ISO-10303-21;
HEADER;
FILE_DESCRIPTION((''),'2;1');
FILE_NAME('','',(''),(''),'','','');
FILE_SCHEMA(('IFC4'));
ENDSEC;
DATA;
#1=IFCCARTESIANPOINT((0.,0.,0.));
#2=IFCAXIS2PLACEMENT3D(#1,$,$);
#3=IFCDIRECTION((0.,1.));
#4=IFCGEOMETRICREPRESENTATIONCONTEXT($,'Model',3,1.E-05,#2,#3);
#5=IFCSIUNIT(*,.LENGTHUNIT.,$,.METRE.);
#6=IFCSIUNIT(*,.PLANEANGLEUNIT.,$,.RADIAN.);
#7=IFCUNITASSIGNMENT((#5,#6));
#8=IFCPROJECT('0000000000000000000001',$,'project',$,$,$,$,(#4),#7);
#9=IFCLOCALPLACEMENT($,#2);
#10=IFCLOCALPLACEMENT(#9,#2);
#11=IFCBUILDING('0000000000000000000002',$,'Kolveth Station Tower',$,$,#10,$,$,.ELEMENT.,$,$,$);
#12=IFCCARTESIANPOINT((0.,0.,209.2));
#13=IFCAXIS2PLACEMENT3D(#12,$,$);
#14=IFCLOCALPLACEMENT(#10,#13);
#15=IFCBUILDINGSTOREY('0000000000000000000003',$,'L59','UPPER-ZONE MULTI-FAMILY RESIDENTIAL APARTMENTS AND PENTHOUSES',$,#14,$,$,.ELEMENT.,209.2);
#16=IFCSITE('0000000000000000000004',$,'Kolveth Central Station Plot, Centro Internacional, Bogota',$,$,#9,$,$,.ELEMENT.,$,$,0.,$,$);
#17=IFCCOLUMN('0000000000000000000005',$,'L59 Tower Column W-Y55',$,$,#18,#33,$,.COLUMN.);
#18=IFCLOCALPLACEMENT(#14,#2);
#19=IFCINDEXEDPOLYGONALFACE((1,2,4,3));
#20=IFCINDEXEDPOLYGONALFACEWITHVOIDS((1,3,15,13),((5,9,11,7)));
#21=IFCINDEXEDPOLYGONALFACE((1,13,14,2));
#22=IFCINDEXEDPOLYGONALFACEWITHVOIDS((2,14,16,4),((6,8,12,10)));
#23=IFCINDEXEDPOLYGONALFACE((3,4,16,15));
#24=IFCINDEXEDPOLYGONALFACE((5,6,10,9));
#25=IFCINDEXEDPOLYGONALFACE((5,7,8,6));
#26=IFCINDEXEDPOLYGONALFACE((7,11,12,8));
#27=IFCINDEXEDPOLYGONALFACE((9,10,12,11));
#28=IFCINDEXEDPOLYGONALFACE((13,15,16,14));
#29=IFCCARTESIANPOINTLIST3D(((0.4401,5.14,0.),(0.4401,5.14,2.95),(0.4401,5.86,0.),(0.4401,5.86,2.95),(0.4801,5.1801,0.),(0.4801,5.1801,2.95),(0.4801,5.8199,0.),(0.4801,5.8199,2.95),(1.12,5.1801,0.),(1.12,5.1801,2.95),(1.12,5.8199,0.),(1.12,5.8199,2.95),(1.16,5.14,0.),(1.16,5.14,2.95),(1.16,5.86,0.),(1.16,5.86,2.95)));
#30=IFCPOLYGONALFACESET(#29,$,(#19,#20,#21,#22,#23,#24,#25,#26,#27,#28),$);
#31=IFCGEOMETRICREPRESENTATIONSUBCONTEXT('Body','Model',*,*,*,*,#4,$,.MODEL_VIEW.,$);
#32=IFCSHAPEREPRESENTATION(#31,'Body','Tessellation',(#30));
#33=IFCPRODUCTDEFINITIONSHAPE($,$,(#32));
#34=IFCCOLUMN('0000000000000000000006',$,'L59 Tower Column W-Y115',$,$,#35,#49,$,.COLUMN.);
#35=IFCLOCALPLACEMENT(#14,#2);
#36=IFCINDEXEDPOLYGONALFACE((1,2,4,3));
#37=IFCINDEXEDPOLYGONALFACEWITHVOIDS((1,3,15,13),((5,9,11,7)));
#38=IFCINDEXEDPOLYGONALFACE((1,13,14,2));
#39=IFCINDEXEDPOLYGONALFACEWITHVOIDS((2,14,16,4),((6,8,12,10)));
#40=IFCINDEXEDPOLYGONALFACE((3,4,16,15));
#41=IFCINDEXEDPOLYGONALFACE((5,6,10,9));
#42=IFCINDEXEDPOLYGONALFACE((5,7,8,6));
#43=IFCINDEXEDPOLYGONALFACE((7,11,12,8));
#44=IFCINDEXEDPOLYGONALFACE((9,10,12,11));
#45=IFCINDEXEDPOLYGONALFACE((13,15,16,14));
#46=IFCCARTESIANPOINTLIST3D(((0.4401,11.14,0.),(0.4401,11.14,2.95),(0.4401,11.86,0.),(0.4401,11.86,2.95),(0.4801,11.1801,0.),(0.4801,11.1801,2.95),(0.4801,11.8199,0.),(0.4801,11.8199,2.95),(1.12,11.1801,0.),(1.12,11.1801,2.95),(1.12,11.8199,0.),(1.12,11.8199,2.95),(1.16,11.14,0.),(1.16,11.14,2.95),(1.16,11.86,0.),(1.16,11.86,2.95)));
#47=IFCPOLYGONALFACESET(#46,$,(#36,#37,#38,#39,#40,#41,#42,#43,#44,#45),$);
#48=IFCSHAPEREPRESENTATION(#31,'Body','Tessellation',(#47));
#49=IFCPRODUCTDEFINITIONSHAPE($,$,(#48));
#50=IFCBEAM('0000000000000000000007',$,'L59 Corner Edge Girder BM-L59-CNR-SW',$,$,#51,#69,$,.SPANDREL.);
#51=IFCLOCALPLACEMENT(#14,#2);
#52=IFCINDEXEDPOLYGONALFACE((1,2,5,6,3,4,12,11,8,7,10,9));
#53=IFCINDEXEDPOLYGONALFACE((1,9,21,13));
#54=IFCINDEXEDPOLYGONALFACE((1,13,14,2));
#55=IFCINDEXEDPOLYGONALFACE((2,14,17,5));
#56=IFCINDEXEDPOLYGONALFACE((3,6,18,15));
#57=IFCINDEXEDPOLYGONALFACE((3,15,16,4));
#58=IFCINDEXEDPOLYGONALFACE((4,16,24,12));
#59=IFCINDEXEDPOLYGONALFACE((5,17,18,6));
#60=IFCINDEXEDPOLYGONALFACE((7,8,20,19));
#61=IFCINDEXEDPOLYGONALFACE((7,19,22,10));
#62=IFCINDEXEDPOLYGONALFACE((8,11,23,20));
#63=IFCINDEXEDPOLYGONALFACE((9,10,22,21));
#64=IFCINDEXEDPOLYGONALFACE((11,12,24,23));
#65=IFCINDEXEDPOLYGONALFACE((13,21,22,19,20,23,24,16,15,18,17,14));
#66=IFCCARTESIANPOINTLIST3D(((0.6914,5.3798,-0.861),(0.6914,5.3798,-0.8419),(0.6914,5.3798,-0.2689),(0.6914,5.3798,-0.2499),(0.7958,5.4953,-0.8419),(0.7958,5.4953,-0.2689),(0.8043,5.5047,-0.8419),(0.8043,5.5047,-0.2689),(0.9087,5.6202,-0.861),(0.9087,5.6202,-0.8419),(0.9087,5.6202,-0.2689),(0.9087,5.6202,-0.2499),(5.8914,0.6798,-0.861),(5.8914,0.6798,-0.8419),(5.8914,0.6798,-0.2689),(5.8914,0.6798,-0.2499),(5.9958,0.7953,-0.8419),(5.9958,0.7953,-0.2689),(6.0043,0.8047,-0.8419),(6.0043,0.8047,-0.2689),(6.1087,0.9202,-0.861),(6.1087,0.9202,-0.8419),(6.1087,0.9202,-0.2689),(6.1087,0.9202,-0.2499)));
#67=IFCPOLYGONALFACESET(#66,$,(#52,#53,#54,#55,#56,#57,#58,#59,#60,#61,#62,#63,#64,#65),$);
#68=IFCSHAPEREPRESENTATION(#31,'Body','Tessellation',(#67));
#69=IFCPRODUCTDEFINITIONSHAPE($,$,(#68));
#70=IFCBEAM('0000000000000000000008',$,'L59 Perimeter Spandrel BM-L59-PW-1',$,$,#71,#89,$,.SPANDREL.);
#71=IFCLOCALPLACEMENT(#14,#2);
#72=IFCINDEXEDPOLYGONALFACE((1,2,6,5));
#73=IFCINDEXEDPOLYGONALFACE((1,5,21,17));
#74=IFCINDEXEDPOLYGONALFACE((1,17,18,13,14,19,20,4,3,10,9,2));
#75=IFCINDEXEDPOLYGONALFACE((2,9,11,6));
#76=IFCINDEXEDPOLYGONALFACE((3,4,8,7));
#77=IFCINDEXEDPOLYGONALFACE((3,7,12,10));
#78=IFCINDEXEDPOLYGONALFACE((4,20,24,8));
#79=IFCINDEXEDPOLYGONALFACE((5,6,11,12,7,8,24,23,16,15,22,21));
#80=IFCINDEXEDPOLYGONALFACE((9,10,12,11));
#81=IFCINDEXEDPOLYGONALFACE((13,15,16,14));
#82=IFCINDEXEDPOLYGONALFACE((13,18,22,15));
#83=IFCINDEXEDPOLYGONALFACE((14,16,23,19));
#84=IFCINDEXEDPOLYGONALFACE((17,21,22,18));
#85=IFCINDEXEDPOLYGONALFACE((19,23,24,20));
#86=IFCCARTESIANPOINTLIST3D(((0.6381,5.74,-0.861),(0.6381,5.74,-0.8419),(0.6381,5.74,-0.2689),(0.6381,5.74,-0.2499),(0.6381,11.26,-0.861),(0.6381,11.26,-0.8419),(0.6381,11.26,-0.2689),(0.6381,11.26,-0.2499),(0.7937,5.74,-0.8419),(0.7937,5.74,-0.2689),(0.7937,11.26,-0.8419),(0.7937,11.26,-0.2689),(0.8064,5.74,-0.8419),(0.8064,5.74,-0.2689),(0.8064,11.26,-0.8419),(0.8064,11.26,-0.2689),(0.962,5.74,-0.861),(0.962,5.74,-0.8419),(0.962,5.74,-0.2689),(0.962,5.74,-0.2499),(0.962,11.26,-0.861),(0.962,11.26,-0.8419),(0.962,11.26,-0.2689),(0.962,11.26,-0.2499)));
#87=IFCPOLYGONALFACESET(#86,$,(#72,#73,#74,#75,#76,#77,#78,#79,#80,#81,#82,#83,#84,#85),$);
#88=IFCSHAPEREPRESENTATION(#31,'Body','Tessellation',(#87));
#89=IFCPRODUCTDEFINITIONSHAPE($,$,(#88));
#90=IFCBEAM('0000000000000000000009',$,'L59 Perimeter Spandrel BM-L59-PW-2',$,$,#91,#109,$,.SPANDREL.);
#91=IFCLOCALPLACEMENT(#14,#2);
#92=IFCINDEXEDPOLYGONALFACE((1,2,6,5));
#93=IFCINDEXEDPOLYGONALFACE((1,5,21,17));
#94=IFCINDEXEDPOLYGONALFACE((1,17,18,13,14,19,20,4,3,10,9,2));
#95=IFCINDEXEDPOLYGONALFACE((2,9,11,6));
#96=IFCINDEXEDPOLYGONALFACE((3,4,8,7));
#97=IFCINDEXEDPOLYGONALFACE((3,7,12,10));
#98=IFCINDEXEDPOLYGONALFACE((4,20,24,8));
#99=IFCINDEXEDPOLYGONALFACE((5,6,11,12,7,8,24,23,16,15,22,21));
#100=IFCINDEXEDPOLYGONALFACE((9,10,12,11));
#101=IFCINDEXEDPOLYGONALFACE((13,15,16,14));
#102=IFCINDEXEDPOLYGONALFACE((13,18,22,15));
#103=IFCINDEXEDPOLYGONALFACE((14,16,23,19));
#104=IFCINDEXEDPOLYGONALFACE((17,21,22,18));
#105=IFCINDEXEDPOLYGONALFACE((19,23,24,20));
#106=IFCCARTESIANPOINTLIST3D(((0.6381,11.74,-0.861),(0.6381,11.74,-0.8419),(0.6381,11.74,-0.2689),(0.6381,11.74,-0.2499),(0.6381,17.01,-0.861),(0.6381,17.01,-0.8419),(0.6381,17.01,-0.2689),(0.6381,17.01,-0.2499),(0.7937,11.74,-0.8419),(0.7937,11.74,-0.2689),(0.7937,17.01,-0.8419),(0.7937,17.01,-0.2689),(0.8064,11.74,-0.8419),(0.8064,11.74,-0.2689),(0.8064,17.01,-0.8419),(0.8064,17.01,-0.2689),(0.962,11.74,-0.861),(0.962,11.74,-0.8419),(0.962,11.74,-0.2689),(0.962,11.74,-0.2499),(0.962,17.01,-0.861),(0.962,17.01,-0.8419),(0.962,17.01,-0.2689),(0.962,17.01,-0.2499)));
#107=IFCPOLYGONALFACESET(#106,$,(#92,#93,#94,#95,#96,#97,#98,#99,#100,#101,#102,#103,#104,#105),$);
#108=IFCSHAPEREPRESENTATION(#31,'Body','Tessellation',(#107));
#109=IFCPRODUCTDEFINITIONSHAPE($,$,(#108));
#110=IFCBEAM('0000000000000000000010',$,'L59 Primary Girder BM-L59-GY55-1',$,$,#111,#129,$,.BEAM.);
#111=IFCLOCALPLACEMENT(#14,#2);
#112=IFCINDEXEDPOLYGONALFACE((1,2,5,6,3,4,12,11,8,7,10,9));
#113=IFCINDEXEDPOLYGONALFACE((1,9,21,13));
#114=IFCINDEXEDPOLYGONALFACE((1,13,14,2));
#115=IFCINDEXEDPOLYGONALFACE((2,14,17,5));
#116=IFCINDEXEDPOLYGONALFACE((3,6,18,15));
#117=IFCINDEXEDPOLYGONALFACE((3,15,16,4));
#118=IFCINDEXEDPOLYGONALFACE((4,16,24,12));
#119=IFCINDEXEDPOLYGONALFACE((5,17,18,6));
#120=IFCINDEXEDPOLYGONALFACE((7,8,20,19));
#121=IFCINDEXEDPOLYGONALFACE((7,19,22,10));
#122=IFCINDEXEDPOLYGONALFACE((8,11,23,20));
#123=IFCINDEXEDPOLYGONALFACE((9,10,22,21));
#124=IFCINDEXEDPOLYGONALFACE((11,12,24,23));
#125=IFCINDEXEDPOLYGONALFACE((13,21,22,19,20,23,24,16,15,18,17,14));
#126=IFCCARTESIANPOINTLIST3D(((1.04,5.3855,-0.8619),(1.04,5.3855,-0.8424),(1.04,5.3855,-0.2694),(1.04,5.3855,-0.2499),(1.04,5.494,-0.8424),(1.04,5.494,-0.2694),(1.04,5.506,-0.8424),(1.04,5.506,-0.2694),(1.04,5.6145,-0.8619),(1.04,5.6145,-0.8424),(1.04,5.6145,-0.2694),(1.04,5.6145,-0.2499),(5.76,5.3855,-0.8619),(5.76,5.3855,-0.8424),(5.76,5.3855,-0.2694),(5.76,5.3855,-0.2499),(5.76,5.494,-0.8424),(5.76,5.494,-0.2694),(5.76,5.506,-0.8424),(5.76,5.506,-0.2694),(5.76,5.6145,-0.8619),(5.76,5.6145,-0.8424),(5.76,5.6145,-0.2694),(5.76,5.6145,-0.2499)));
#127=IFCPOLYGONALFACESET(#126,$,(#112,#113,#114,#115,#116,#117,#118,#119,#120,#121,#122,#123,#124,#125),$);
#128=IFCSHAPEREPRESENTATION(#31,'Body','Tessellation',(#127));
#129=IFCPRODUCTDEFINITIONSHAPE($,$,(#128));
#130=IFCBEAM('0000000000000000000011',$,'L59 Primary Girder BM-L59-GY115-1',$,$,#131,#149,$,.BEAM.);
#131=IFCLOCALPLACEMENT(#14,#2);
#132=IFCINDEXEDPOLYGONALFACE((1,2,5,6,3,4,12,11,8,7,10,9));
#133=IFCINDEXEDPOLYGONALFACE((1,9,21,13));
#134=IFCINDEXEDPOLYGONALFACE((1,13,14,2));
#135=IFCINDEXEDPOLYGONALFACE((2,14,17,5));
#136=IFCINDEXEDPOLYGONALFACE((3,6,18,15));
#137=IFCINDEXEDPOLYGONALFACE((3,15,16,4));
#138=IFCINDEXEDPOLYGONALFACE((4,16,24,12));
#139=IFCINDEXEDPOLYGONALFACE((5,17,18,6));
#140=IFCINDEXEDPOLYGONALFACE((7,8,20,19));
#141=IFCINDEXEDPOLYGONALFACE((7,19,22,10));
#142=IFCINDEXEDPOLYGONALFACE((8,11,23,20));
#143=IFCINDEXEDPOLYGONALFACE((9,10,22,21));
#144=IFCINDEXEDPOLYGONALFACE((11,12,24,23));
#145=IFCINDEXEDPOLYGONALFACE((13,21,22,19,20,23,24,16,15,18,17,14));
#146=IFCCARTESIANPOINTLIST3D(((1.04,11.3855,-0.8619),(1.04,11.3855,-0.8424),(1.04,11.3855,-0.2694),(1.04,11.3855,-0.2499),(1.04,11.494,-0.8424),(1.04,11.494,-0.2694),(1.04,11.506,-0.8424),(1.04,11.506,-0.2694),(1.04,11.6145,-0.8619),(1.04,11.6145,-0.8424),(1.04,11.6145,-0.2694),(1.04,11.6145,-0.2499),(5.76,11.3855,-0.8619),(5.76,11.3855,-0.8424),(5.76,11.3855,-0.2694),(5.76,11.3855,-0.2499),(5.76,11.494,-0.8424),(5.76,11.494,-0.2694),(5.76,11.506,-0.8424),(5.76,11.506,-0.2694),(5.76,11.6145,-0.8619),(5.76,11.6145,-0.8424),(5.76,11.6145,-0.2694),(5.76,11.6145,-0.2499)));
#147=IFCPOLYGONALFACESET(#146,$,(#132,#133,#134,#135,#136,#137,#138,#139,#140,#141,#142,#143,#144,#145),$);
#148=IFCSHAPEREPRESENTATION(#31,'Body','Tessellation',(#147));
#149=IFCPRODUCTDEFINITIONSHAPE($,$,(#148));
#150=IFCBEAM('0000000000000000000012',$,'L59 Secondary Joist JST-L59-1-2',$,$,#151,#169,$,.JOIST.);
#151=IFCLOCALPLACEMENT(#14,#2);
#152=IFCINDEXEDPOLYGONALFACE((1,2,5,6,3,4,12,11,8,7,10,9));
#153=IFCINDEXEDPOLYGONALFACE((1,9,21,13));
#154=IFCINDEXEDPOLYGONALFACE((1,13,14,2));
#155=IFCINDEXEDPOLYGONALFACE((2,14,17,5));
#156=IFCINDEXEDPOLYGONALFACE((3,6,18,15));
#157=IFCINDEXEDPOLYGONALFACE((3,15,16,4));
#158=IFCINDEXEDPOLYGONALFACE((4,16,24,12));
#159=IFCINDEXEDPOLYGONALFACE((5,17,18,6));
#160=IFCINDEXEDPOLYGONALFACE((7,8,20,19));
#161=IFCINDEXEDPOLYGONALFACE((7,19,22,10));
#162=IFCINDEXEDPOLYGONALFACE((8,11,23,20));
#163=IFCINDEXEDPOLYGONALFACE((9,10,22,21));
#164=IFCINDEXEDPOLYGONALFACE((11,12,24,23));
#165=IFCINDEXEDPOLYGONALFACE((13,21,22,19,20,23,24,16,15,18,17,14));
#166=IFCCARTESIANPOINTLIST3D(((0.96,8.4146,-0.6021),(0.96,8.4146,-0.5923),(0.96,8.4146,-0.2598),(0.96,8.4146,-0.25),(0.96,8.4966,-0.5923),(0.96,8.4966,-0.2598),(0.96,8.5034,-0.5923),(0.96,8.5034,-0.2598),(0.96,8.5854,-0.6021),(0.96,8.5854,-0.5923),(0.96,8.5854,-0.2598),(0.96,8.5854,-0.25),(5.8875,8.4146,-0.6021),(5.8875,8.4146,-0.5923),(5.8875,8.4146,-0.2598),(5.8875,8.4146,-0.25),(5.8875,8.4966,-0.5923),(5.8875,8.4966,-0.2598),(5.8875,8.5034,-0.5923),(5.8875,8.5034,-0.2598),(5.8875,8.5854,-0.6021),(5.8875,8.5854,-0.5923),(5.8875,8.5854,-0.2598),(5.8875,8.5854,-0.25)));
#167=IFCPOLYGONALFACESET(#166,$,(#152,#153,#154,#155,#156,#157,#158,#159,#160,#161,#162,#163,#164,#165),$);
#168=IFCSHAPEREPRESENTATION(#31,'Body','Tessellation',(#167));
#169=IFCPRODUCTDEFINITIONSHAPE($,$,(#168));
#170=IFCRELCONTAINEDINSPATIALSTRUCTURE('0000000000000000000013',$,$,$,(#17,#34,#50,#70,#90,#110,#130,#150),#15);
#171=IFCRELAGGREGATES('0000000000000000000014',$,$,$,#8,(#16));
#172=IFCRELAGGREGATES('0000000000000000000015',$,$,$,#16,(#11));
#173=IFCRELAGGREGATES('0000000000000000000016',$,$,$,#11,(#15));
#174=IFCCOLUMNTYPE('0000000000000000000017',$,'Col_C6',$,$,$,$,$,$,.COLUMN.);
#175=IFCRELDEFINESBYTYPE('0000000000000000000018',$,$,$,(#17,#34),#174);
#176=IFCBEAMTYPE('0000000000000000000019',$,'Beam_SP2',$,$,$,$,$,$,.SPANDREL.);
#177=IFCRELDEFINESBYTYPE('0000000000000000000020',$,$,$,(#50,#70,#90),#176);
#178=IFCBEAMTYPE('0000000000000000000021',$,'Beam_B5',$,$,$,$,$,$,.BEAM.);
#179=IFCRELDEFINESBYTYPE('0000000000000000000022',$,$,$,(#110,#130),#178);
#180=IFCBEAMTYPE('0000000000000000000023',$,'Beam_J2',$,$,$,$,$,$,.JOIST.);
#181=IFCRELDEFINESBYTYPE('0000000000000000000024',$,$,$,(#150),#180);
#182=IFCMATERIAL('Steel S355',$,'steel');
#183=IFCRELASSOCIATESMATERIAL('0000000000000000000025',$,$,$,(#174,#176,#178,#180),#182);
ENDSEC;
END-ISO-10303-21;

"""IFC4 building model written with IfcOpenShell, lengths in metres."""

from ifc_helpers import new_model, si_unit, direction, frame, origin, origin_2d, place, context, subcontext, project, spatial, hollow_rectangle, i_section, extrude, source, transform, mapped, material, material_profile, profile_set, type_object, element, save


model = new_model("IFC4")

# Units and contexts
model_context = context("Model", 3, precision=1e-05, world=origin(), true_north=direction((0.0, 1.0)))
body_context = subcontext(model_context, "Body", "Model", "MODEL_VIEW")
ifc_project = project(units=[si_unit("LENGTHUNIT", "METRE"), si_unit("PLANEANGLEUNIT", "RADIAN")], contexts=[model_context])

# Site, building, storey
site_placement = place(None, origin())
site = spatial("IfcSite", under=ifc_project, at=site_placement, Name="Kolveth Central Station Plot, Centro Internacional, Bogota", CompositionType="ELEMENT", RefElevation=0.0)
building_placement = place(site_placement, origin())
building = spatial("IfcBuilding", under=site, at=building_placement, Name="Kolveth Station Tower", CompositionType="ELEMENT")
storey_placement = place(building_placement, frame((0.0, 0.0, 209.2)))
storey = spatial("IfcBuildingStorey", under=building, at=storey_placement, Name="L59", Description="UPPER-ZONE MULTI-FAMILY RESIDENTIAL APARTMENTS AND PENTHOUSES", CompositionType="ELEMENT", Elevation=209.2)

# Columns
ifc_material_1 = material(Name="Steel S355", Category="steel")
ifc_material_profile_1 = material_profile(ifc_material_1, hollow_rectangle(XDim=0.72, YDim=0.72, WallThickness=0.04, at=origin_2d()), Name="BOX720x720x40")
ifc_profile_set_1 = profile_set([ifc_material_profile_1], Name="Steel S355")
column_type = type_object("IfcColumnType", Name="Col_C6", PredefinedType="COLUMN", material=ifc_profile_set_1)
shared_shape_1 = source(origin(), body_context, "Body", "SweptSolid", [
    extrude(hollow_rectangle(XDim=0.72, YDim=0.72, WallThickness=0.04, at=origin_2d()), origin(), (0.0, 0.0, 1.0), 2.95),
])
for number, where, z_axis, x_axis, name in (
    (1, (0.8, 5.5, 0.0), (0.0, 0.0, 1.0), (1.0, 0.0, 0.0), "L59 Tower Column W-Y55"),
    (2, (0.8, 11.5, 0.0), (0.0, 0.0, 1.0), (1.0, 0.0, 0.0), "L59 Tower Column W-Y115"),
):
    element("IfcColumn", number, at=place(storey_placement, frame(where, z_axis=z_axis, x_axis=x_axis)), inside=storey, type_object=column_type, Name=name, PredefinedType="COLUMN", context=body_context, shape_type="MappedRepresentation", body=[
        mapped(shared_shape_1, transform((0.0, 0.0, 0.0), x_axis=(1.0, 0.0, 0.0), y_axis=(0.0, 1.0, 0.0), z_axis=(0.0, 0.0, 1.0), scale=1.0)),
    ])

# Beams
ifc_material_profile_2 = material_profile(ifc_material_1, i_section(OverallWidth=0.324, OverallDepth=0.6111, WebThickness=0.0127, FlangeThickness=0.019, at=origin_2d()), Name="W610x155")
ifc_profile_set_2 = profile_set([ifc_material_profile_2], Name="Steel S355")
beam_type_1 = type_object("IfcBeamType", Name="Beam_SP2", PredefinedType="SPANDREL", material=ifc_profile_set_2)
shared_shape_2 = source(origin(), body_context, "Body", "SweptSolid", [
    extrude(i_section(OverallWidth=0.324, OverallDepth=0.6111, WebThickness=0.0127, FlangeThickness=0.019, at=origin_2d()), origin(), (0.0, 0.0, 1.0), 7.0093),
])
beam_1_placement = place(storey_placement, frame((0.8, 5.5, -0.5554), z_axis=(0.741874, -0.670539, 0.0), x_axis=(0.670539, 0.741874, 0.0)))
element("IfcBeam", 3, at=beam_1_placement, inside=storey, type_object=beam_type_1, Name="L59 Corner Edge Girder BM-L59-CNR-SW", PredefinedType="SPANDREL", context=body_context, shape_type="MappedRepresentation", body=[
    mapped(shared_shape_2, transform((0.0, 0.0, 0.0), x_axis=(1.0, 0.0, 0.0), y_axis=(0.0, 1.0, 0.0), z_axis=(0.0, 0.0, 1.0), scale=1.0)),
])
shared_shape_3 = source(origin(), body_context, "Body", "SweptSolid", [
    extrude(i_section(OverallWidth=0.324, OverallDepth=0.6111, WebThickness=0.0127, FlangeThickness=0.019, at=origin_2d()), origin(), (0.0, 0.0, 1.0), 5.52),
])
beam_2_placement = place(storey_placement, frame((0.8, 5.74, -0.5554), z_axis=(0.0, 1.0, 0.0), x_axis=(-1.0, 0.0, 0.0)))
element("IfcBeam", 4, at=beam_2_placement, inside=storey, type_object=beam_type_1, Name="L59 Perimeter Spandrel BM-L59-PW-1", PredefinedType="SPANDREL", context=body_context, shape_type="MappedRepresentation", body=[
    mapped(shared_shape_3, transform((0.0, 0.0, 0.0), x_axis=(1.0, 0.0, 0.0), y_axis=(0.0, 1.0, 0.0), z_axis=(0.0, 0.0, 1.0), scale=1.0)),
])
shared_shape_4 = source(origin(), body_context, "Body", "SweptSolid", [
    extrude(i_section(OverallWidth=0.324, OverallDepth=0.6111, WebThickness=0.0127, FlangeThickness=0.019, at=origin_2d()), origin(), (0.0, 0.0, 1.0), 5.27),
])
beam_3_placement = place(storey_placement, frame((0.8, 11.74, -0.5554), z_axis=(0.0, 1.0, 0.0), x_axis=(-1.0, 0.0, 0.0)))
element("IfcBeam", 5, at=beam_3_placement, inside=storey, type_object=beam_type_1, Name="L59 Perimeter Spandrel BM-L59-PW-2", PredefinedType="SPANDREL", context=body_context, shape_type="MappedRepresentation", body=[
    mapped(shared_shape_4, transform((0.0, 0.0, 0.0), x_axis=(1.0, 0.0, 0.0), y_axis=(0.0, 1.0, 0.0), z_axis=(0.0, 0.0, 1.0), scale=1.0)),
])
ifc_material_profile_3 = material_profile(ifc_material_1, i_section(OverallWidth=0.229, OverallDepth=0.6121, WebThickness=0.012, FlangeThickness=0.0195, at=origin_2d()), Name="W610x125")
ifc_profile_set_3 = profile_set([ifc_material_profile_3], Name="Steel S355")
beam_type_2 = type_object("IfcBeamType", Name="Beam_B5", PredefinedType="BEAM", material=ifc_profile_set_3)
shared_shape_5 = source(origin(), body_context, "Body", "SweptSolid", [
    extrude(i_section(OverallWidth=0.229, OverallDepth=0.6121, WebThickness=0.012, FlangeThickness=0.0195, at=origin_2d()), origin(), (0.0, 0.0, 1.0), 4.72),
])
for number, where, z_axis, x_axis, name in (
    (6, (1.04, 5.5, -0.5559), (1.0, 0.0, 0.0), (0.0, 1.0, 0.0), "L59 Primary Girder BM-L59-GY55-1"),
    (7, (1.04, 11.5, -0.5559), (1.0, 0.0, 0.0), (0.0, 1.0, 0.0), "L59 Primary Girder BM-L59-GY115-1"),
):
    element("IfcBeam", number, at=place(storey_placement, frame(where, z_axis=z_axis, x_axis=x_axis)), inside=storey, type_object=beam_type_2, Name=name, PredefinedType="BEAM", context=body_context, shape_type="MappedRepresentation", body=[
        mapped(shared_shape_5, transform((0.0, 0.0, 0.0), x_axis=(1.0, 0.0, 0.0), y_axis=(0.0, 1.0, 0.0), z_axis=(0.0, 0.0, 1.0), scale=1.0)),
    ])
ifc_material_profile_4 = material_profile(ifc_material_1, i_section(OverallWidth=0.1709, OverallDepth=0.3521, WebThickness=0.0068, FlangeThickness=0.0098, at=origin_2d()), Name="W360x44")
ifc_profile_set_4 = profile_set([ifc_material_profile_4], Name="Steel S355")
beam_type_3 = type_object("IfcBeamType", Name="Beam_J2", PredefinedType="JOIST", material=ifc_profile_set_4)
shared_shape_6 = source(origin(), body_context, "Body", "SweptSolid", [
    extrude(i_section(OverallWidth=0.1709, OverallDepth=0.3521, WebThickness=0.0068, FlangeThickness=0.0098, at=origin_2d()), origin(), (0.0, 0.0, 1.0), 4.9275),
])
beam_4_placement = place(storey_placement, frame((0.96, 8.5, -0.426), z_axis=(1.0, 0.0, 0.0), x_axis=(0.0, 1.0, 0.0)))
element("IfcBeam", 8, at=beam_4_placement, inside=storey, type_object=beam_type_3, Name="L59 Secondary Joist JST-L59-1-2", PredefinedType="JOIST", context=body_context, shape_type="MappedRepresentation", body=[
    mapped(shared_shape_6, transform((0.0, 0.0, 0.0), x_axis=(1.0, 0.0, 0.0), y_axis=(0.0, 1.0, 0.0), z_axis=(0.0, 0.0, 1.0), scale=1.0)),
])

save(model, "model.ifc")
